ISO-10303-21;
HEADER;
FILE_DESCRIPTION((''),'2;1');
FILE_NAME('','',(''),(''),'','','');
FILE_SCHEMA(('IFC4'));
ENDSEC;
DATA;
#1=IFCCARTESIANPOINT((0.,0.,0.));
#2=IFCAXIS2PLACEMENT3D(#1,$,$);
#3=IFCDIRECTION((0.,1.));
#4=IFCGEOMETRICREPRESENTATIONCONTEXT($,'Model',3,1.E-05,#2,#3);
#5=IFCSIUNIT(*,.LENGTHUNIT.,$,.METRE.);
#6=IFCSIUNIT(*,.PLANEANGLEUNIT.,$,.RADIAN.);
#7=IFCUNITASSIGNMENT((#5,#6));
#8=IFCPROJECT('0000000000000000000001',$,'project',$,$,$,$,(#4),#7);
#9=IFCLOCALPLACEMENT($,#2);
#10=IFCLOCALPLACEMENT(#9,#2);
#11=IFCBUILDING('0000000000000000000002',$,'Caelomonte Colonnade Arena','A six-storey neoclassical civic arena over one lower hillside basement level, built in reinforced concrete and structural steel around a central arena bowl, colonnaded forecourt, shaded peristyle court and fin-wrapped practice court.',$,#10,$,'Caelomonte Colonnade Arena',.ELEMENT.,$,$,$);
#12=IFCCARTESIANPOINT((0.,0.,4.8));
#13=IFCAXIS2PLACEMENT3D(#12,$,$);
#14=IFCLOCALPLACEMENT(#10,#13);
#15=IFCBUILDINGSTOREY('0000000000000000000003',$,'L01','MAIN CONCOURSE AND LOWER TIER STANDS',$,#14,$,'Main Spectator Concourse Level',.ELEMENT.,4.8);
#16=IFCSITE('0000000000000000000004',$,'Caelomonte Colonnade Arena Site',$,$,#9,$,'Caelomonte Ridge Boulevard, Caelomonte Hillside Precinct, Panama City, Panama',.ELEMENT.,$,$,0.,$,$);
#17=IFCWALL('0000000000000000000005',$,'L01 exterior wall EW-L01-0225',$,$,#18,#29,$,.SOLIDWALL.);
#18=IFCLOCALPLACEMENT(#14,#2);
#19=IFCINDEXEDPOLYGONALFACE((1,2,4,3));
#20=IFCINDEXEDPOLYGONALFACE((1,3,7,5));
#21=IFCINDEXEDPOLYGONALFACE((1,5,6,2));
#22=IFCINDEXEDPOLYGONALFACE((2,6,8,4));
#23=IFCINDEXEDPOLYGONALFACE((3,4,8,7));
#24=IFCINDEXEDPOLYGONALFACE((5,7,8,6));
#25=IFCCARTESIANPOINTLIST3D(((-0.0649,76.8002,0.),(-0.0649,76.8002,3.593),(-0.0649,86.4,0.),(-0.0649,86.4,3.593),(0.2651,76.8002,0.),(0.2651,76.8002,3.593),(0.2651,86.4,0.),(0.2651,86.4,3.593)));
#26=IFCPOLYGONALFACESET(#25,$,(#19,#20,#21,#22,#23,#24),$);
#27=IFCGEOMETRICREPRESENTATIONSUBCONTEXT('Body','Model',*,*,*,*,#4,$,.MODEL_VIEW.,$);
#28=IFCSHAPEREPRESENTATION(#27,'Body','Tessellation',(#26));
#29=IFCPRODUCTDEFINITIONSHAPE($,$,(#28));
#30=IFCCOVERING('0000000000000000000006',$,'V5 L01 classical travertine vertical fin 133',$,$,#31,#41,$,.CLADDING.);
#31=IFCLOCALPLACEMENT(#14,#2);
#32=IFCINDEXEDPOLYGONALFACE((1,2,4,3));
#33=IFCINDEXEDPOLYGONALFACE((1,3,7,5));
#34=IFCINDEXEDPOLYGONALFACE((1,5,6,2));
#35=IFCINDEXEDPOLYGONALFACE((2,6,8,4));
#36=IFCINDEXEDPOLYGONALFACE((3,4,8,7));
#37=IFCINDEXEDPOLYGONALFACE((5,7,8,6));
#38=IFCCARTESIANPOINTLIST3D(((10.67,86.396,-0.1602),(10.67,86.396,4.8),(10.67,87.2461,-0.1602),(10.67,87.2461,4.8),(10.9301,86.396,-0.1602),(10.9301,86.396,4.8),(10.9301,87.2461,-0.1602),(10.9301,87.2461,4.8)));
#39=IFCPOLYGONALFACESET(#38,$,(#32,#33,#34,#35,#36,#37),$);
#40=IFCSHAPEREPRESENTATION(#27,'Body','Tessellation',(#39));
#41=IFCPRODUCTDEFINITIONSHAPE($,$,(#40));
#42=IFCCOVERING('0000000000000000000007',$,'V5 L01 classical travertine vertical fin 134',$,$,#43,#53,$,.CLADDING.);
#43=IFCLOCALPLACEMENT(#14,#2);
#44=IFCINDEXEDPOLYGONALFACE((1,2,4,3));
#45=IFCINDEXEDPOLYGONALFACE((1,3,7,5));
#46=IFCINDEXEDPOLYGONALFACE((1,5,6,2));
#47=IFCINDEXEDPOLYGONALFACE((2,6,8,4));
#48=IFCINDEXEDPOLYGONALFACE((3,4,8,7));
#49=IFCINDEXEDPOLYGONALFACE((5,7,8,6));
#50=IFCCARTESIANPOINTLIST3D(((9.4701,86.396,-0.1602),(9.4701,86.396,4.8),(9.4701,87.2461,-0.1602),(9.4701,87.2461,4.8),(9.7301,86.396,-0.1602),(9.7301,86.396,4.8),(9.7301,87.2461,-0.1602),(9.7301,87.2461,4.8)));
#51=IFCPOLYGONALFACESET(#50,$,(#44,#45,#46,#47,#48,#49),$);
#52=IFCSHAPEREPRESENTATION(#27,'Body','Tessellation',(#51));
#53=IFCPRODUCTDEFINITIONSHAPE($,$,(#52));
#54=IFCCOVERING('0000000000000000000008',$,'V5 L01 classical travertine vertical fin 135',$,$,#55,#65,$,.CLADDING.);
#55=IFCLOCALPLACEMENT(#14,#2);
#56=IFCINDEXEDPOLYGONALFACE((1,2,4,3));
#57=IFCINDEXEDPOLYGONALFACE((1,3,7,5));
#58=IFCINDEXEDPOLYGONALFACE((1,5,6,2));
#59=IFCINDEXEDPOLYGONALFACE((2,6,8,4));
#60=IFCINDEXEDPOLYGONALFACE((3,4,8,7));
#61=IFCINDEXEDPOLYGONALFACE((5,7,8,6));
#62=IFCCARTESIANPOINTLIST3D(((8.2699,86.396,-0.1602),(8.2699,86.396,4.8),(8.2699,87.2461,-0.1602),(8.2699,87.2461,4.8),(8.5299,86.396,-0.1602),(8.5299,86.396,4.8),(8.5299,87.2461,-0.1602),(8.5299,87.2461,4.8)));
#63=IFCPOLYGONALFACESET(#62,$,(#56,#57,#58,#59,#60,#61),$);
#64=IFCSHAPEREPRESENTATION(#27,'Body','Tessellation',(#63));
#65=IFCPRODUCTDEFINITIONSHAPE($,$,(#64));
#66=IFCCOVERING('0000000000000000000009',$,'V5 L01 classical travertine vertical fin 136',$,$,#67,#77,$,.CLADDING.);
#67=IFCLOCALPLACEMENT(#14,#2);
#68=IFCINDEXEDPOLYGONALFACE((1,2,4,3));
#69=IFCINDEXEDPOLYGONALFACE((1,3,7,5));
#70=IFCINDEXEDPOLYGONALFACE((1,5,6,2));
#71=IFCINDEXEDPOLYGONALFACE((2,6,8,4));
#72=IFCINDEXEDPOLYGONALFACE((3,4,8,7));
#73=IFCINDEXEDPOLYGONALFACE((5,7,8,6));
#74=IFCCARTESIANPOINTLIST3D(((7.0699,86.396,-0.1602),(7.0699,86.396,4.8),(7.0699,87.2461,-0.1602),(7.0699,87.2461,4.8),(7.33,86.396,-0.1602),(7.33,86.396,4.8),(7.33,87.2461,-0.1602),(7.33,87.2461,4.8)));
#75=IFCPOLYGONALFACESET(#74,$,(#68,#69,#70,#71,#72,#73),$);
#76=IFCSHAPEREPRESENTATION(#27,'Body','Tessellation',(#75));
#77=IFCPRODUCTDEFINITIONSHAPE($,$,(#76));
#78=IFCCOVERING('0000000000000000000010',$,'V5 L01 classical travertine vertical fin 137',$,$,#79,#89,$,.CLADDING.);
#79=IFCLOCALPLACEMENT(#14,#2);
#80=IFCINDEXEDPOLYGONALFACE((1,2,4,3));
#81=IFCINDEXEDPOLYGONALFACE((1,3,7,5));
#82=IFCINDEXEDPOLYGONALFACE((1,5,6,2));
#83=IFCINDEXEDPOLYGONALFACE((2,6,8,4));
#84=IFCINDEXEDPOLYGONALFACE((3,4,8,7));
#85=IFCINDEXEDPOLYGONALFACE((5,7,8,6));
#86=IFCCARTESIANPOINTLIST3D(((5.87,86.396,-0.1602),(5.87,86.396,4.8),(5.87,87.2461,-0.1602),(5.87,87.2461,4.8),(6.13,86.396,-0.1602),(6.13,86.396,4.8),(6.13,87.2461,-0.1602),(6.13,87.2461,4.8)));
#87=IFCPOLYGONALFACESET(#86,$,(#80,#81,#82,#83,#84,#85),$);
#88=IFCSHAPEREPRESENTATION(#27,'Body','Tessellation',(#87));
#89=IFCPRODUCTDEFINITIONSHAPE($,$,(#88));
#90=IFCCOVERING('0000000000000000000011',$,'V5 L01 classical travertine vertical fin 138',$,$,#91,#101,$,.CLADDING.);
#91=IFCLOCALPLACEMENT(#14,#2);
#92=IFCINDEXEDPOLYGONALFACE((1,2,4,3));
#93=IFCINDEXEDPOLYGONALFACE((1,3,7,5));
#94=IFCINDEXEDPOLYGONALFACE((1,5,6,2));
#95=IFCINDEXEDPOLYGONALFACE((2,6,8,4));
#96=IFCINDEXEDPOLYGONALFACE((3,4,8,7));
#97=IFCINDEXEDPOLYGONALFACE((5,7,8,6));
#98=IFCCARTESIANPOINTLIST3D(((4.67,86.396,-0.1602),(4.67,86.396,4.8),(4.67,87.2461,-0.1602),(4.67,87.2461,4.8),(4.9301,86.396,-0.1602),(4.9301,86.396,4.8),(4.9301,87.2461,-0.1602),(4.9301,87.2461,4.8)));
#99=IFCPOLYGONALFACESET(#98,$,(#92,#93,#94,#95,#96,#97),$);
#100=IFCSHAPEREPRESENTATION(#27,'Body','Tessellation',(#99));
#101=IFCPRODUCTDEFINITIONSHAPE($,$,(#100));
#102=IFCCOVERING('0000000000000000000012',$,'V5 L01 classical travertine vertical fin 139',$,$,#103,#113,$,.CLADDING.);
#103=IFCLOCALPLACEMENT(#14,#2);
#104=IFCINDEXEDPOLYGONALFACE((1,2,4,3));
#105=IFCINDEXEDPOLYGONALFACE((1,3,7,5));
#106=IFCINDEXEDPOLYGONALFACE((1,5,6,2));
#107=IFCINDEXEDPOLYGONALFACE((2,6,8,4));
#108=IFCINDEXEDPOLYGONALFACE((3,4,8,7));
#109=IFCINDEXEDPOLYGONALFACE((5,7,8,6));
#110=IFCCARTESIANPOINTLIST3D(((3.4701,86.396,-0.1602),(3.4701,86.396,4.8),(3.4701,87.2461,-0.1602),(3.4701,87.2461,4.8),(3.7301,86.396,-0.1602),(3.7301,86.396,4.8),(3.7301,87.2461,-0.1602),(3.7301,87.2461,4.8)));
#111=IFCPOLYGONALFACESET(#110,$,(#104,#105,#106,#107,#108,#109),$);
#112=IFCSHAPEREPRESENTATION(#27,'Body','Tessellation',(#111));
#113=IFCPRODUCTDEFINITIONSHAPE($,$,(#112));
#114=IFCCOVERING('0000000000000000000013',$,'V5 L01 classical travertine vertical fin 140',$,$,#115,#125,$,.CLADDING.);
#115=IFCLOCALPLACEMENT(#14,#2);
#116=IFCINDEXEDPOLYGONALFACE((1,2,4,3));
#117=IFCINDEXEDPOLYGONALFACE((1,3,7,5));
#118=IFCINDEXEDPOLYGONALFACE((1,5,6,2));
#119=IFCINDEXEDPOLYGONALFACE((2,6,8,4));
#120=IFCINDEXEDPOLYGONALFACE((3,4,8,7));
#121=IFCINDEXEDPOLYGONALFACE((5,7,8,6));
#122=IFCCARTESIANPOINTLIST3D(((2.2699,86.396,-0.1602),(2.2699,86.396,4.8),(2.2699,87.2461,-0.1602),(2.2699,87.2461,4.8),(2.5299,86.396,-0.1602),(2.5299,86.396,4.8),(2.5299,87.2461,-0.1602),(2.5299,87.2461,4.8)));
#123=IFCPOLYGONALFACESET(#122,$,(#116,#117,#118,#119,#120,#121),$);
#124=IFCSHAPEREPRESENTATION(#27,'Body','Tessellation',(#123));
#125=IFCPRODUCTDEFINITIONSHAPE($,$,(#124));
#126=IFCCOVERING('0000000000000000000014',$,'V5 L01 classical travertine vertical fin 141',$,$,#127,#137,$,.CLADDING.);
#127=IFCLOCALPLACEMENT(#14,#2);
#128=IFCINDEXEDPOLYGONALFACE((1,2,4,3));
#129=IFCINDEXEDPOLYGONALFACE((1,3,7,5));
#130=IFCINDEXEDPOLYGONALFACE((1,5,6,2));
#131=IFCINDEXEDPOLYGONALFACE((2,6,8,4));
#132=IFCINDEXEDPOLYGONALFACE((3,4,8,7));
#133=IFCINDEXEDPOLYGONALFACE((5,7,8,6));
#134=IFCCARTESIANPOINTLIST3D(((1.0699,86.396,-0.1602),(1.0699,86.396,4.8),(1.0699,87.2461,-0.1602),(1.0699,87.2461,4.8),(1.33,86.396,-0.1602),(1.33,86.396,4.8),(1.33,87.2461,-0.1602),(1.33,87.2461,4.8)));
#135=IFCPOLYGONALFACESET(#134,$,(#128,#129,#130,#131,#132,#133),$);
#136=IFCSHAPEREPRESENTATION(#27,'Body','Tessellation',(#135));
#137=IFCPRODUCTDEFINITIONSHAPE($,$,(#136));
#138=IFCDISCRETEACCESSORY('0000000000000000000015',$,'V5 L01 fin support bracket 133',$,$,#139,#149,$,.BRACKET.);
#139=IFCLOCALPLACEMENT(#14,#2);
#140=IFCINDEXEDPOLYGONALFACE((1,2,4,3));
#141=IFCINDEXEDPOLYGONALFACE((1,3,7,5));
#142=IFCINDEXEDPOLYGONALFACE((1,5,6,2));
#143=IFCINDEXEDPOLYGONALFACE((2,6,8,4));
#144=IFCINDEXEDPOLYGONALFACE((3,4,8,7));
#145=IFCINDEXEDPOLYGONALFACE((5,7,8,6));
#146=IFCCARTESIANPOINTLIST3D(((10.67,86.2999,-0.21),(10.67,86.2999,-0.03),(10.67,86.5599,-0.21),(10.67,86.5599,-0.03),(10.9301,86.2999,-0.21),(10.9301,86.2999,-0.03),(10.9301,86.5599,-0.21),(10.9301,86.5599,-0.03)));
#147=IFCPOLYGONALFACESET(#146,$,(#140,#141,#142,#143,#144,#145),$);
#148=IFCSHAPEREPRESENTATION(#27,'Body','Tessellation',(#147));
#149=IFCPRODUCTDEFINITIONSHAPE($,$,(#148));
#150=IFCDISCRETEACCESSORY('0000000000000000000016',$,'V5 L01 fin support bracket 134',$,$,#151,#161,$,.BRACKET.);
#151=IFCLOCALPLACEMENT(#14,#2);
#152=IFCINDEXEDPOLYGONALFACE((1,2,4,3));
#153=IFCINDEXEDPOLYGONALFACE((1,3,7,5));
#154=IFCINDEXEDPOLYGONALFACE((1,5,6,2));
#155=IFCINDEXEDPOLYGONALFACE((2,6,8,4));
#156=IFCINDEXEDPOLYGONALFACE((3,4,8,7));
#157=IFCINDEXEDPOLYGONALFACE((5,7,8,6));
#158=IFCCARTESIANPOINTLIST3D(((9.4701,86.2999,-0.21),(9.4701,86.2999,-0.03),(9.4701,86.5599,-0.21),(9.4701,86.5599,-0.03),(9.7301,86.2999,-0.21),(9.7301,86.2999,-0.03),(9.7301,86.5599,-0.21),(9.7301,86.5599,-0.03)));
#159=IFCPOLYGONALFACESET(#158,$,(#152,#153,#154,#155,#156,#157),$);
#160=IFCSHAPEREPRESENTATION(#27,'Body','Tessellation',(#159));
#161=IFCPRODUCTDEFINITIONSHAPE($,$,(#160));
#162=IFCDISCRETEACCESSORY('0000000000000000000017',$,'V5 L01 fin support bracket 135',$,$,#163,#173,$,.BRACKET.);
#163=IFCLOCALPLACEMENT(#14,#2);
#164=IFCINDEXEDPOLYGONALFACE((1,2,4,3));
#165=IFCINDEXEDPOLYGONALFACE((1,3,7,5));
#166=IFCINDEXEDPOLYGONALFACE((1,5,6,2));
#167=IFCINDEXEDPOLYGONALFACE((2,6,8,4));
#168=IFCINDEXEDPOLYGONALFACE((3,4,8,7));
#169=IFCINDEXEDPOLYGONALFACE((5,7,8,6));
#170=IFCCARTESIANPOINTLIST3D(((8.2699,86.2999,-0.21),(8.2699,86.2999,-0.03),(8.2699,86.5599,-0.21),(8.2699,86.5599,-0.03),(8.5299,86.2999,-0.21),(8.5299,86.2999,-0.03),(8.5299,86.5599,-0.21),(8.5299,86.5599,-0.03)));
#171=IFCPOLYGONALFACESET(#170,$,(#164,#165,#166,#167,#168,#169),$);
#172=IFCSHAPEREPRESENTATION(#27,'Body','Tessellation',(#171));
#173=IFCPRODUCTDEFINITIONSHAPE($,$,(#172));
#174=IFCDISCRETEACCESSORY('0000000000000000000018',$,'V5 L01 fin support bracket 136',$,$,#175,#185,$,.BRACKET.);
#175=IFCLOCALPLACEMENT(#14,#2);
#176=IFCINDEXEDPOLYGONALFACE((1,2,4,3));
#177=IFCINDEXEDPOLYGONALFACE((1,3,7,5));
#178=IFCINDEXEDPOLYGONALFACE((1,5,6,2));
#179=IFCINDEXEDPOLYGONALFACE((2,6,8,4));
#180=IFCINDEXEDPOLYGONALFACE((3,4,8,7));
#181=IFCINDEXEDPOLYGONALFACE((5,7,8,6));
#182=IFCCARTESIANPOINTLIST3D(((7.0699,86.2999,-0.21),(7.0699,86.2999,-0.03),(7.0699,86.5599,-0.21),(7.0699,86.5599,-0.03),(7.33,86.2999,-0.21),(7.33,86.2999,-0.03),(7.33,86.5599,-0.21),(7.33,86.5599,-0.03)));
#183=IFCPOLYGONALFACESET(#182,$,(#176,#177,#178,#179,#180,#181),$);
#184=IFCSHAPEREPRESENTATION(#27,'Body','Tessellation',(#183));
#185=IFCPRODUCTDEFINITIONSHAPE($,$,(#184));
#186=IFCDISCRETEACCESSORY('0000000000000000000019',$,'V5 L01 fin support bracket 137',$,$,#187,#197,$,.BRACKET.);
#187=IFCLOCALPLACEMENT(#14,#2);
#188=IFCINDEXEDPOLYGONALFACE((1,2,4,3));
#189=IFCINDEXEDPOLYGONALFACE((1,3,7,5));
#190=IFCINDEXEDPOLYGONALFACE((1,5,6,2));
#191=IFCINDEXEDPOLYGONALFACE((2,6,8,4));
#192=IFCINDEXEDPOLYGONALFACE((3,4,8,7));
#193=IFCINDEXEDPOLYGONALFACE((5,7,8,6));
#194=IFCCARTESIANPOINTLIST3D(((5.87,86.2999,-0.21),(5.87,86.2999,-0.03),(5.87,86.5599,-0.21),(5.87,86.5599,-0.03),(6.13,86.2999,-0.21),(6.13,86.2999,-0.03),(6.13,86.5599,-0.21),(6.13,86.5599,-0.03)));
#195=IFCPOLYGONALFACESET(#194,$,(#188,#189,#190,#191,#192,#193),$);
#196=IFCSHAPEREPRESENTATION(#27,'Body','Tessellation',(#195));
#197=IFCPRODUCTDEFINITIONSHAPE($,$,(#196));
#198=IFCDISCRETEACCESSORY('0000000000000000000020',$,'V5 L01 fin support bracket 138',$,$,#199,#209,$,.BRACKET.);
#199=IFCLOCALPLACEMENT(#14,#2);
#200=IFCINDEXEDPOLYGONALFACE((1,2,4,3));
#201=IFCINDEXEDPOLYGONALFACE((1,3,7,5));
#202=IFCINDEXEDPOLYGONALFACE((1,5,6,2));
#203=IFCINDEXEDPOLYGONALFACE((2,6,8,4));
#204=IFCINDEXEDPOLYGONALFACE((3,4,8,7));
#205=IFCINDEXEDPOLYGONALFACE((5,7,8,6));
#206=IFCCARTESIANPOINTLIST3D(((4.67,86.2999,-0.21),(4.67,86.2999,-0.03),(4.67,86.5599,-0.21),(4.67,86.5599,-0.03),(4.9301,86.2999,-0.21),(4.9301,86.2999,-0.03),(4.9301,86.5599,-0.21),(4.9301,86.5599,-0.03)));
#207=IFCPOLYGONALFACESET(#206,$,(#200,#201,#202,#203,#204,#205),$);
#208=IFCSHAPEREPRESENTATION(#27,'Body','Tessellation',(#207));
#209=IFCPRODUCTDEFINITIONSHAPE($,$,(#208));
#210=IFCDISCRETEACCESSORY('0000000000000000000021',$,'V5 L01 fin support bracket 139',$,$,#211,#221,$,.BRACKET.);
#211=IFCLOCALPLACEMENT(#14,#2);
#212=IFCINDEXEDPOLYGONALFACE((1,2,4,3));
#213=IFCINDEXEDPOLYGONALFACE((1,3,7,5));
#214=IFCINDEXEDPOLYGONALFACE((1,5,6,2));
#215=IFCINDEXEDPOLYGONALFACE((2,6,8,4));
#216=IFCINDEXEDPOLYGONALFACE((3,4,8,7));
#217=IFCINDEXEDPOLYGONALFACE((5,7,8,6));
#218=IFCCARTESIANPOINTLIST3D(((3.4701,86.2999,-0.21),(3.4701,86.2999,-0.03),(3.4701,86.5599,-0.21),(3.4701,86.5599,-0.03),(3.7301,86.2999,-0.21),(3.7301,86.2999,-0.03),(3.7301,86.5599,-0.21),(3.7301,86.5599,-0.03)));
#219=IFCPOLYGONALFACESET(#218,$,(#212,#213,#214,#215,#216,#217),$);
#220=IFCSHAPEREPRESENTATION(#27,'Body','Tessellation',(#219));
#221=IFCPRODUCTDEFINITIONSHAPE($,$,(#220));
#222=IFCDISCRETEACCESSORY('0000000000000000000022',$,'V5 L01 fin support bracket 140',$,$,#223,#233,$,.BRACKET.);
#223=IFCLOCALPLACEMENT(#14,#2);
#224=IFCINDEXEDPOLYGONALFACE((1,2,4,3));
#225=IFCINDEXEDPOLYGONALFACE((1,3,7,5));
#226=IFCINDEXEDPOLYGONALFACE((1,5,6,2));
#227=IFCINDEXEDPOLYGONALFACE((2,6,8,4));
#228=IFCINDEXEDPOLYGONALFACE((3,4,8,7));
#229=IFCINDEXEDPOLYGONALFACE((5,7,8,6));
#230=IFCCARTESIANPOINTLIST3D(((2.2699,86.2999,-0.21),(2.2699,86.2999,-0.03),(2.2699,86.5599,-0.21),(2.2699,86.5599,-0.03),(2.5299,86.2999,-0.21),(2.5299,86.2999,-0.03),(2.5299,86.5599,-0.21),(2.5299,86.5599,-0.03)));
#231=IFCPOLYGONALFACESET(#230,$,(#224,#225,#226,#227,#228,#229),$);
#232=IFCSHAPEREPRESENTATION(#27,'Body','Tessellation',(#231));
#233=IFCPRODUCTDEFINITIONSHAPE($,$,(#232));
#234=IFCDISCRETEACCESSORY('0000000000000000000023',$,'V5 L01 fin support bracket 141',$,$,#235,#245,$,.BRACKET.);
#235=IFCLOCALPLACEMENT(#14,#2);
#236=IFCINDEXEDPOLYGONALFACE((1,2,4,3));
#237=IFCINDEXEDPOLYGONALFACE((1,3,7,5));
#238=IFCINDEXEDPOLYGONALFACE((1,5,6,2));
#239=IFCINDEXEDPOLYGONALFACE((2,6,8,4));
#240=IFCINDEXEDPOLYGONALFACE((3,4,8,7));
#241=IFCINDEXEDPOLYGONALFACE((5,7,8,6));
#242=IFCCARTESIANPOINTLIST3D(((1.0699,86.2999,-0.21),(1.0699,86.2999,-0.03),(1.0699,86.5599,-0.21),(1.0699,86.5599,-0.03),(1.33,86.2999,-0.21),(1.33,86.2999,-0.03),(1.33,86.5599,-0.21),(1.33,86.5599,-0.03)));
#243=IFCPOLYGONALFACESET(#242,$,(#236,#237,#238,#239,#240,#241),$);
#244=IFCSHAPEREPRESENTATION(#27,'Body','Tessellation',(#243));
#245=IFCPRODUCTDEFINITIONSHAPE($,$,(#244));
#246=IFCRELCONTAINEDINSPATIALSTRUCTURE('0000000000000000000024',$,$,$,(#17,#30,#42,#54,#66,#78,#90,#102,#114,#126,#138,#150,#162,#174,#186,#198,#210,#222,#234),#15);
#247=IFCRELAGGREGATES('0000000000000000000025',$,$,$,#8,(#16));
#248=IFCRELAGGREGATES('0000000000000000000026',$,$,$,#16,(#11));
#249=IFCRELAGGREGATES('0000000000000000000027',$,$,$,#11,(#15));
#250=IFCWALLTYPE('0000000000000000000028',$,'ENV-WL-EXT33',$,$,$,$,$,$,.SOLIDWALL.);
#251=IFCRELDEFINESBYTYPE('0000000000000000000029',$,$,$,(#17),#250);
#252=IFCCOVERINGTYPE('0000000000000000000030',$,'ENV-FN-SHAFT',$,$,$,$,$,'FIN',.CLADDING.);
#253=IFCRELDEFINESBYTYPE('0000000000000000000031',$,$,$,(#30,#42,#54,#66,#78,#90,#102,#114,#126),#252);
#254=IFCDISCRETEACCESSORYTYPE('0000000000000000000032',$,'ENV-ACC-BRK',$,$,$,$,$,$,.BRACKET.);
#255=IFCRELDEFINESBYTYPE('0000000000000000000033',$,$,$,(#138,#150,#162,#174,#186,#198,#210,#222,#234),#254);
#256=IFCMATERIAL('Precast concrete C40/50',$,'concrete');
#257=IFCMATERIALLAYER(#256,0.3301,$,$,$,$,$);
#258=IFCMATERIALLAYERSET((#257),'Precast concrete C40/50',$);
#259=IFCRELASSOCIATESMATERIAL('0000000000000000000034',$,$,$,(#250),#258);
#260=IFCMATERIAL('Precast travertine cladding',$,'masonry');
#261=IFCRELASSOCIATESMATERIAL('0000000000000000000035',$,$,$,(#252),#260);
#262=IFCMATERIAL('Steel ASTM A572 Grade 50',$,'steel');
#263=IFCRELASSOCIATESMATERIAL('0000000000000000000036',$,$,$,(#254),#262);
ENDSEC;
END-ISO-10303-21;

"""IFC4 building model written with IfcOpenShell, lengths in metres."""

from ifc_helpers import new_model, si_unit, direction, frame, frame_2d, origin, origin_2d, place, context, subcontext, project, spatial, rectangle, extrude, material, layer, layer_set, material_profile, profile_set, type_object, element, save


model = new_model("IFC4")

# Units and contexts
model_context = context("Model", 3, precision=1e-05, world=origin(), true_north=direction((0.0, 1.0)))
body_context = subcontext(model_context, "Body", "Model", "MODEL_VIEW")
ifc_project = project(units=[si_unit("LENGTHUNIT", "METRE"), si_unit("PLANEANGLEUNIT", "RADIAN")], contexts=[model_context])

# Site, building, storey
site_placement = place(None, origin())
site = spatial("IfcSite", under=ifc_project, at=site_placement, Name="Caelomonte Colonnade Arena Site", LongName="Caelomonte Ridge Boulevard, Caelomonte Hillside Precinct, Panama City, Panama", CompositionType="ELEMENT", RefElevation=0.0)
building_placement = place(site_placement, origin())
building = spatial("IfcBuilding", under=site, at=building_placement, Name="Caelomonte Colonnade Arena", Description="A six-storey neoclassical civic arena over one lower hillside basement level, built in reinforced concrete and structural steel around a central arena bowl, colonnaded forecourt, shaded peristyle court and fin-wrapped practice court.", LongName="Caelomonte Colonnade Arena", CompositionType="ELEMENT")
storey_placement = place(building_placement, frame((0.0, 0.0, 4.8)))
storey = spatial("IfcBuildingStorey", under=building, at=storey_placement, Name="L01", Description="MAIN CONCOURSE AND LOWER TIER STANDS", LongName="Main Spectator Concourse Level", CompositionType="ELEMENT", Elevation=4.8)

# Wall
ifc_material_1 = material(Name="Precast concrete C40/50", Category="concrete")
ifc_layer = layer(ifc_material_1, 0.3301)
ifc_layer_set = layer_set([ifc_layer], Name="Precast concrete C40/50")
wall_type = type_object("IfcWallType", Name="ENV-WL-EXT33", PredefinedType="SOLIDWALL", material=ifc_layer_set)
wall_placement = place(storey_placement, frame((0.1001, 86.3999, 0.0), z_axis=(0.0, 0.0, 1.0), x_axis=(0.0, -1.0, 0.0)))
element("IfcWall", 1, at=wall_placement, inside=storey, type_object=wall_type, Name="L01 exterior wall EW-L01-0225", PredefinedType="SOLIDWALL", context=body_context, shape_type="SweptSolid", body=[
    extrude(rectangle(XDim=9.5999, YDim=0.3301, at=frame_2d((4.7998, 0.0))), origin(), (0.0, 0.0, 1.0), 3.593),
])

# Coverings
ifc_material_2 = material(Name="Precast travertine cladding", Category="masonry")
ifc_material_profile_1 = material_profile(ifc_material_2, rectangle(XDim=0.26, YDim=0.8501, at=origin_2d()), Name="FIN260X850")
ifc_profile_set_1 = profile_set([ifc_material_profile_1], Name="Precast travertine cladding")
covering_type = type_object("IfcCoveringType", Name="ENV-FN-SHAFT", ElementType="FIN", PredefinedType="CLADDING", material=ifc_profile_set_1)
for number, where, z_axis, x_axis, name in (
    (2, (10.8, 86.821, -0.1602), (0.0, 0.0, 1.0), (1.0, 0.0, 0.0), "V5 L01 classical travertine vertical fin 133"),
    (3, (9.6001, 86.821, -0.1602), (0.0, 0.0, 1.0), (1.0, 0.0, 0.0), "V5 L01 classical travertine vertical fin 134"),
    (4, (8.3999, 86.821, -0.1602), (0.0, 0.0, 1.0), (1.0, 0.0, 0.0), "V5 L01 classical travertine vertical fin 135"),
    (5, (7.2, 86.821, -0.1602), (0.0, 0.0, 1.0), (1.0, 0.0, 0.0), "V5 L01 classical travertine vertical fin 136"),
    (6, (6.0, 86.821, -0.1602), (0.0, 0.0, 1.0), (1.0, 0.0, 0.0), "V5 L01 classical travertine vertical fin 137"),
    (7, (4.8, 86.821, -0.1602), (0.0, 0.0, 1.0), (1.0, 0.0, 0.0), "V5 L01 classical travertine vertical fin 138"),
    (8, (3.6001, 86.821, -0.1602), (0.0, 0.0, 1.0), (1.0, 0.0, 0.0), "V5 L01 classical travertine vertical fin 139"),
    (9, (2.3999, 86.821, -0.1602), (0.0, 0.0, 1.0), (1.0, 0.0, 0.0), "V5 L01 classical travertine vertical fin 140"),
    (10, (1.2, 86.821, -0.1602), (0.0, 0.0, 1.0), (1.0, 0.0, 0.0), "V5 L01 classical travertine vertical fin 141"),
):
    element("IfcCovering", number, at=place(storey_placement, frame(where, z_axis=z_axis, x_axis=x_axis)), inside=storey, type_object=covering_type, Name=name, PredefinedType="CLADDING", context=body_context, shape_type="SweptSolid", body=[
        extrude(rectangle(XDim=0.26, YDim=0.8501, at=origin_2d()), origin(), (0.0, 0.0, 1.0), 4.9602),
    ])

# Discrete accessories
ifc_material_3 = material(Name="Steel ASTM A572 Grade 50", Category="steel")
discrete_accessory_type = type_object("IfcDiscreteAccessoryType", Name="ENV-ACC-BRK", PredefinedType="BRACKET", material=ifc_material_3)
for number, where, z_axis, x_axis, name in (
    (11, (10.8, 86.4299, -0.21), (0.0, 0.0, 1.0), (-1.0, 0.0, 0.0), "V5 L01 fin support bracket 133"),
    (12, (9.6001, 86.4299, -0.21), (0.0, 0.0, 1.0), (-1.0, 0.0, 0.0), "V5 L01 fin support bracket 134"),
    (13, (8.3999, 86.4299, -0.21), (0.0, 0.0, 1.0), (-1.0, 0.0, 0.0), "V5 L01 fin support bracket 135"),
    (14, (7.2, 86.4299, -0.21), (0.0, 0.0, 1.0), (-1.0, 0.0, 0.0), "V5 L01 fin support bracket 136"),
    (15, (6.0, 86.4299, -0.21), (0.0, 0.0, 1.0), (-1.0, 0.0, 0.0), "V5 L01 fin support bracket 137"),
    (16, (4.8, 86.4299, -0.21), (0.0, 0.0, 1.0), (-1.0, 0.0, 0.0), "V5 L01 fin support bracket 138"),
    (17, (3.6001, 86.4299, -0.21), (0.0, 0.0, 1.0), (-1.0, 0.0, 0.0), "V5 L01 fin support bracket 139"),
    (18, (2.3999, 86.4299, -0.21), (0.0, 0.0, 1.0), (-1.0, 0.0, 0.0), "V5 L01 fin support bracket 140"),
    (19, (1.2, 86.4299, -0.21), (0.0, 0.0, 1.0), (-1.0, 0.0, 0.0), "V5 L01 fin support bracket 141"),
):
    element("IfcDiscreteAccessory", number, at=place(storey_placement, frame(where, z_axis=z_axis, x_axis=x_axis)), inside=storey, type_object=discrete_accessory_type, Name=name, PredefinedType="BRACKET", context=body_context, shape_type="SweptSolid", body=[
        extrude(rectangle(XDim=0.26, YDim=0.26, at=origin_2d()), origin(), (0.0, 0.0, 1.0), 0.1799),
    ])

save(model, "model.ifc")
